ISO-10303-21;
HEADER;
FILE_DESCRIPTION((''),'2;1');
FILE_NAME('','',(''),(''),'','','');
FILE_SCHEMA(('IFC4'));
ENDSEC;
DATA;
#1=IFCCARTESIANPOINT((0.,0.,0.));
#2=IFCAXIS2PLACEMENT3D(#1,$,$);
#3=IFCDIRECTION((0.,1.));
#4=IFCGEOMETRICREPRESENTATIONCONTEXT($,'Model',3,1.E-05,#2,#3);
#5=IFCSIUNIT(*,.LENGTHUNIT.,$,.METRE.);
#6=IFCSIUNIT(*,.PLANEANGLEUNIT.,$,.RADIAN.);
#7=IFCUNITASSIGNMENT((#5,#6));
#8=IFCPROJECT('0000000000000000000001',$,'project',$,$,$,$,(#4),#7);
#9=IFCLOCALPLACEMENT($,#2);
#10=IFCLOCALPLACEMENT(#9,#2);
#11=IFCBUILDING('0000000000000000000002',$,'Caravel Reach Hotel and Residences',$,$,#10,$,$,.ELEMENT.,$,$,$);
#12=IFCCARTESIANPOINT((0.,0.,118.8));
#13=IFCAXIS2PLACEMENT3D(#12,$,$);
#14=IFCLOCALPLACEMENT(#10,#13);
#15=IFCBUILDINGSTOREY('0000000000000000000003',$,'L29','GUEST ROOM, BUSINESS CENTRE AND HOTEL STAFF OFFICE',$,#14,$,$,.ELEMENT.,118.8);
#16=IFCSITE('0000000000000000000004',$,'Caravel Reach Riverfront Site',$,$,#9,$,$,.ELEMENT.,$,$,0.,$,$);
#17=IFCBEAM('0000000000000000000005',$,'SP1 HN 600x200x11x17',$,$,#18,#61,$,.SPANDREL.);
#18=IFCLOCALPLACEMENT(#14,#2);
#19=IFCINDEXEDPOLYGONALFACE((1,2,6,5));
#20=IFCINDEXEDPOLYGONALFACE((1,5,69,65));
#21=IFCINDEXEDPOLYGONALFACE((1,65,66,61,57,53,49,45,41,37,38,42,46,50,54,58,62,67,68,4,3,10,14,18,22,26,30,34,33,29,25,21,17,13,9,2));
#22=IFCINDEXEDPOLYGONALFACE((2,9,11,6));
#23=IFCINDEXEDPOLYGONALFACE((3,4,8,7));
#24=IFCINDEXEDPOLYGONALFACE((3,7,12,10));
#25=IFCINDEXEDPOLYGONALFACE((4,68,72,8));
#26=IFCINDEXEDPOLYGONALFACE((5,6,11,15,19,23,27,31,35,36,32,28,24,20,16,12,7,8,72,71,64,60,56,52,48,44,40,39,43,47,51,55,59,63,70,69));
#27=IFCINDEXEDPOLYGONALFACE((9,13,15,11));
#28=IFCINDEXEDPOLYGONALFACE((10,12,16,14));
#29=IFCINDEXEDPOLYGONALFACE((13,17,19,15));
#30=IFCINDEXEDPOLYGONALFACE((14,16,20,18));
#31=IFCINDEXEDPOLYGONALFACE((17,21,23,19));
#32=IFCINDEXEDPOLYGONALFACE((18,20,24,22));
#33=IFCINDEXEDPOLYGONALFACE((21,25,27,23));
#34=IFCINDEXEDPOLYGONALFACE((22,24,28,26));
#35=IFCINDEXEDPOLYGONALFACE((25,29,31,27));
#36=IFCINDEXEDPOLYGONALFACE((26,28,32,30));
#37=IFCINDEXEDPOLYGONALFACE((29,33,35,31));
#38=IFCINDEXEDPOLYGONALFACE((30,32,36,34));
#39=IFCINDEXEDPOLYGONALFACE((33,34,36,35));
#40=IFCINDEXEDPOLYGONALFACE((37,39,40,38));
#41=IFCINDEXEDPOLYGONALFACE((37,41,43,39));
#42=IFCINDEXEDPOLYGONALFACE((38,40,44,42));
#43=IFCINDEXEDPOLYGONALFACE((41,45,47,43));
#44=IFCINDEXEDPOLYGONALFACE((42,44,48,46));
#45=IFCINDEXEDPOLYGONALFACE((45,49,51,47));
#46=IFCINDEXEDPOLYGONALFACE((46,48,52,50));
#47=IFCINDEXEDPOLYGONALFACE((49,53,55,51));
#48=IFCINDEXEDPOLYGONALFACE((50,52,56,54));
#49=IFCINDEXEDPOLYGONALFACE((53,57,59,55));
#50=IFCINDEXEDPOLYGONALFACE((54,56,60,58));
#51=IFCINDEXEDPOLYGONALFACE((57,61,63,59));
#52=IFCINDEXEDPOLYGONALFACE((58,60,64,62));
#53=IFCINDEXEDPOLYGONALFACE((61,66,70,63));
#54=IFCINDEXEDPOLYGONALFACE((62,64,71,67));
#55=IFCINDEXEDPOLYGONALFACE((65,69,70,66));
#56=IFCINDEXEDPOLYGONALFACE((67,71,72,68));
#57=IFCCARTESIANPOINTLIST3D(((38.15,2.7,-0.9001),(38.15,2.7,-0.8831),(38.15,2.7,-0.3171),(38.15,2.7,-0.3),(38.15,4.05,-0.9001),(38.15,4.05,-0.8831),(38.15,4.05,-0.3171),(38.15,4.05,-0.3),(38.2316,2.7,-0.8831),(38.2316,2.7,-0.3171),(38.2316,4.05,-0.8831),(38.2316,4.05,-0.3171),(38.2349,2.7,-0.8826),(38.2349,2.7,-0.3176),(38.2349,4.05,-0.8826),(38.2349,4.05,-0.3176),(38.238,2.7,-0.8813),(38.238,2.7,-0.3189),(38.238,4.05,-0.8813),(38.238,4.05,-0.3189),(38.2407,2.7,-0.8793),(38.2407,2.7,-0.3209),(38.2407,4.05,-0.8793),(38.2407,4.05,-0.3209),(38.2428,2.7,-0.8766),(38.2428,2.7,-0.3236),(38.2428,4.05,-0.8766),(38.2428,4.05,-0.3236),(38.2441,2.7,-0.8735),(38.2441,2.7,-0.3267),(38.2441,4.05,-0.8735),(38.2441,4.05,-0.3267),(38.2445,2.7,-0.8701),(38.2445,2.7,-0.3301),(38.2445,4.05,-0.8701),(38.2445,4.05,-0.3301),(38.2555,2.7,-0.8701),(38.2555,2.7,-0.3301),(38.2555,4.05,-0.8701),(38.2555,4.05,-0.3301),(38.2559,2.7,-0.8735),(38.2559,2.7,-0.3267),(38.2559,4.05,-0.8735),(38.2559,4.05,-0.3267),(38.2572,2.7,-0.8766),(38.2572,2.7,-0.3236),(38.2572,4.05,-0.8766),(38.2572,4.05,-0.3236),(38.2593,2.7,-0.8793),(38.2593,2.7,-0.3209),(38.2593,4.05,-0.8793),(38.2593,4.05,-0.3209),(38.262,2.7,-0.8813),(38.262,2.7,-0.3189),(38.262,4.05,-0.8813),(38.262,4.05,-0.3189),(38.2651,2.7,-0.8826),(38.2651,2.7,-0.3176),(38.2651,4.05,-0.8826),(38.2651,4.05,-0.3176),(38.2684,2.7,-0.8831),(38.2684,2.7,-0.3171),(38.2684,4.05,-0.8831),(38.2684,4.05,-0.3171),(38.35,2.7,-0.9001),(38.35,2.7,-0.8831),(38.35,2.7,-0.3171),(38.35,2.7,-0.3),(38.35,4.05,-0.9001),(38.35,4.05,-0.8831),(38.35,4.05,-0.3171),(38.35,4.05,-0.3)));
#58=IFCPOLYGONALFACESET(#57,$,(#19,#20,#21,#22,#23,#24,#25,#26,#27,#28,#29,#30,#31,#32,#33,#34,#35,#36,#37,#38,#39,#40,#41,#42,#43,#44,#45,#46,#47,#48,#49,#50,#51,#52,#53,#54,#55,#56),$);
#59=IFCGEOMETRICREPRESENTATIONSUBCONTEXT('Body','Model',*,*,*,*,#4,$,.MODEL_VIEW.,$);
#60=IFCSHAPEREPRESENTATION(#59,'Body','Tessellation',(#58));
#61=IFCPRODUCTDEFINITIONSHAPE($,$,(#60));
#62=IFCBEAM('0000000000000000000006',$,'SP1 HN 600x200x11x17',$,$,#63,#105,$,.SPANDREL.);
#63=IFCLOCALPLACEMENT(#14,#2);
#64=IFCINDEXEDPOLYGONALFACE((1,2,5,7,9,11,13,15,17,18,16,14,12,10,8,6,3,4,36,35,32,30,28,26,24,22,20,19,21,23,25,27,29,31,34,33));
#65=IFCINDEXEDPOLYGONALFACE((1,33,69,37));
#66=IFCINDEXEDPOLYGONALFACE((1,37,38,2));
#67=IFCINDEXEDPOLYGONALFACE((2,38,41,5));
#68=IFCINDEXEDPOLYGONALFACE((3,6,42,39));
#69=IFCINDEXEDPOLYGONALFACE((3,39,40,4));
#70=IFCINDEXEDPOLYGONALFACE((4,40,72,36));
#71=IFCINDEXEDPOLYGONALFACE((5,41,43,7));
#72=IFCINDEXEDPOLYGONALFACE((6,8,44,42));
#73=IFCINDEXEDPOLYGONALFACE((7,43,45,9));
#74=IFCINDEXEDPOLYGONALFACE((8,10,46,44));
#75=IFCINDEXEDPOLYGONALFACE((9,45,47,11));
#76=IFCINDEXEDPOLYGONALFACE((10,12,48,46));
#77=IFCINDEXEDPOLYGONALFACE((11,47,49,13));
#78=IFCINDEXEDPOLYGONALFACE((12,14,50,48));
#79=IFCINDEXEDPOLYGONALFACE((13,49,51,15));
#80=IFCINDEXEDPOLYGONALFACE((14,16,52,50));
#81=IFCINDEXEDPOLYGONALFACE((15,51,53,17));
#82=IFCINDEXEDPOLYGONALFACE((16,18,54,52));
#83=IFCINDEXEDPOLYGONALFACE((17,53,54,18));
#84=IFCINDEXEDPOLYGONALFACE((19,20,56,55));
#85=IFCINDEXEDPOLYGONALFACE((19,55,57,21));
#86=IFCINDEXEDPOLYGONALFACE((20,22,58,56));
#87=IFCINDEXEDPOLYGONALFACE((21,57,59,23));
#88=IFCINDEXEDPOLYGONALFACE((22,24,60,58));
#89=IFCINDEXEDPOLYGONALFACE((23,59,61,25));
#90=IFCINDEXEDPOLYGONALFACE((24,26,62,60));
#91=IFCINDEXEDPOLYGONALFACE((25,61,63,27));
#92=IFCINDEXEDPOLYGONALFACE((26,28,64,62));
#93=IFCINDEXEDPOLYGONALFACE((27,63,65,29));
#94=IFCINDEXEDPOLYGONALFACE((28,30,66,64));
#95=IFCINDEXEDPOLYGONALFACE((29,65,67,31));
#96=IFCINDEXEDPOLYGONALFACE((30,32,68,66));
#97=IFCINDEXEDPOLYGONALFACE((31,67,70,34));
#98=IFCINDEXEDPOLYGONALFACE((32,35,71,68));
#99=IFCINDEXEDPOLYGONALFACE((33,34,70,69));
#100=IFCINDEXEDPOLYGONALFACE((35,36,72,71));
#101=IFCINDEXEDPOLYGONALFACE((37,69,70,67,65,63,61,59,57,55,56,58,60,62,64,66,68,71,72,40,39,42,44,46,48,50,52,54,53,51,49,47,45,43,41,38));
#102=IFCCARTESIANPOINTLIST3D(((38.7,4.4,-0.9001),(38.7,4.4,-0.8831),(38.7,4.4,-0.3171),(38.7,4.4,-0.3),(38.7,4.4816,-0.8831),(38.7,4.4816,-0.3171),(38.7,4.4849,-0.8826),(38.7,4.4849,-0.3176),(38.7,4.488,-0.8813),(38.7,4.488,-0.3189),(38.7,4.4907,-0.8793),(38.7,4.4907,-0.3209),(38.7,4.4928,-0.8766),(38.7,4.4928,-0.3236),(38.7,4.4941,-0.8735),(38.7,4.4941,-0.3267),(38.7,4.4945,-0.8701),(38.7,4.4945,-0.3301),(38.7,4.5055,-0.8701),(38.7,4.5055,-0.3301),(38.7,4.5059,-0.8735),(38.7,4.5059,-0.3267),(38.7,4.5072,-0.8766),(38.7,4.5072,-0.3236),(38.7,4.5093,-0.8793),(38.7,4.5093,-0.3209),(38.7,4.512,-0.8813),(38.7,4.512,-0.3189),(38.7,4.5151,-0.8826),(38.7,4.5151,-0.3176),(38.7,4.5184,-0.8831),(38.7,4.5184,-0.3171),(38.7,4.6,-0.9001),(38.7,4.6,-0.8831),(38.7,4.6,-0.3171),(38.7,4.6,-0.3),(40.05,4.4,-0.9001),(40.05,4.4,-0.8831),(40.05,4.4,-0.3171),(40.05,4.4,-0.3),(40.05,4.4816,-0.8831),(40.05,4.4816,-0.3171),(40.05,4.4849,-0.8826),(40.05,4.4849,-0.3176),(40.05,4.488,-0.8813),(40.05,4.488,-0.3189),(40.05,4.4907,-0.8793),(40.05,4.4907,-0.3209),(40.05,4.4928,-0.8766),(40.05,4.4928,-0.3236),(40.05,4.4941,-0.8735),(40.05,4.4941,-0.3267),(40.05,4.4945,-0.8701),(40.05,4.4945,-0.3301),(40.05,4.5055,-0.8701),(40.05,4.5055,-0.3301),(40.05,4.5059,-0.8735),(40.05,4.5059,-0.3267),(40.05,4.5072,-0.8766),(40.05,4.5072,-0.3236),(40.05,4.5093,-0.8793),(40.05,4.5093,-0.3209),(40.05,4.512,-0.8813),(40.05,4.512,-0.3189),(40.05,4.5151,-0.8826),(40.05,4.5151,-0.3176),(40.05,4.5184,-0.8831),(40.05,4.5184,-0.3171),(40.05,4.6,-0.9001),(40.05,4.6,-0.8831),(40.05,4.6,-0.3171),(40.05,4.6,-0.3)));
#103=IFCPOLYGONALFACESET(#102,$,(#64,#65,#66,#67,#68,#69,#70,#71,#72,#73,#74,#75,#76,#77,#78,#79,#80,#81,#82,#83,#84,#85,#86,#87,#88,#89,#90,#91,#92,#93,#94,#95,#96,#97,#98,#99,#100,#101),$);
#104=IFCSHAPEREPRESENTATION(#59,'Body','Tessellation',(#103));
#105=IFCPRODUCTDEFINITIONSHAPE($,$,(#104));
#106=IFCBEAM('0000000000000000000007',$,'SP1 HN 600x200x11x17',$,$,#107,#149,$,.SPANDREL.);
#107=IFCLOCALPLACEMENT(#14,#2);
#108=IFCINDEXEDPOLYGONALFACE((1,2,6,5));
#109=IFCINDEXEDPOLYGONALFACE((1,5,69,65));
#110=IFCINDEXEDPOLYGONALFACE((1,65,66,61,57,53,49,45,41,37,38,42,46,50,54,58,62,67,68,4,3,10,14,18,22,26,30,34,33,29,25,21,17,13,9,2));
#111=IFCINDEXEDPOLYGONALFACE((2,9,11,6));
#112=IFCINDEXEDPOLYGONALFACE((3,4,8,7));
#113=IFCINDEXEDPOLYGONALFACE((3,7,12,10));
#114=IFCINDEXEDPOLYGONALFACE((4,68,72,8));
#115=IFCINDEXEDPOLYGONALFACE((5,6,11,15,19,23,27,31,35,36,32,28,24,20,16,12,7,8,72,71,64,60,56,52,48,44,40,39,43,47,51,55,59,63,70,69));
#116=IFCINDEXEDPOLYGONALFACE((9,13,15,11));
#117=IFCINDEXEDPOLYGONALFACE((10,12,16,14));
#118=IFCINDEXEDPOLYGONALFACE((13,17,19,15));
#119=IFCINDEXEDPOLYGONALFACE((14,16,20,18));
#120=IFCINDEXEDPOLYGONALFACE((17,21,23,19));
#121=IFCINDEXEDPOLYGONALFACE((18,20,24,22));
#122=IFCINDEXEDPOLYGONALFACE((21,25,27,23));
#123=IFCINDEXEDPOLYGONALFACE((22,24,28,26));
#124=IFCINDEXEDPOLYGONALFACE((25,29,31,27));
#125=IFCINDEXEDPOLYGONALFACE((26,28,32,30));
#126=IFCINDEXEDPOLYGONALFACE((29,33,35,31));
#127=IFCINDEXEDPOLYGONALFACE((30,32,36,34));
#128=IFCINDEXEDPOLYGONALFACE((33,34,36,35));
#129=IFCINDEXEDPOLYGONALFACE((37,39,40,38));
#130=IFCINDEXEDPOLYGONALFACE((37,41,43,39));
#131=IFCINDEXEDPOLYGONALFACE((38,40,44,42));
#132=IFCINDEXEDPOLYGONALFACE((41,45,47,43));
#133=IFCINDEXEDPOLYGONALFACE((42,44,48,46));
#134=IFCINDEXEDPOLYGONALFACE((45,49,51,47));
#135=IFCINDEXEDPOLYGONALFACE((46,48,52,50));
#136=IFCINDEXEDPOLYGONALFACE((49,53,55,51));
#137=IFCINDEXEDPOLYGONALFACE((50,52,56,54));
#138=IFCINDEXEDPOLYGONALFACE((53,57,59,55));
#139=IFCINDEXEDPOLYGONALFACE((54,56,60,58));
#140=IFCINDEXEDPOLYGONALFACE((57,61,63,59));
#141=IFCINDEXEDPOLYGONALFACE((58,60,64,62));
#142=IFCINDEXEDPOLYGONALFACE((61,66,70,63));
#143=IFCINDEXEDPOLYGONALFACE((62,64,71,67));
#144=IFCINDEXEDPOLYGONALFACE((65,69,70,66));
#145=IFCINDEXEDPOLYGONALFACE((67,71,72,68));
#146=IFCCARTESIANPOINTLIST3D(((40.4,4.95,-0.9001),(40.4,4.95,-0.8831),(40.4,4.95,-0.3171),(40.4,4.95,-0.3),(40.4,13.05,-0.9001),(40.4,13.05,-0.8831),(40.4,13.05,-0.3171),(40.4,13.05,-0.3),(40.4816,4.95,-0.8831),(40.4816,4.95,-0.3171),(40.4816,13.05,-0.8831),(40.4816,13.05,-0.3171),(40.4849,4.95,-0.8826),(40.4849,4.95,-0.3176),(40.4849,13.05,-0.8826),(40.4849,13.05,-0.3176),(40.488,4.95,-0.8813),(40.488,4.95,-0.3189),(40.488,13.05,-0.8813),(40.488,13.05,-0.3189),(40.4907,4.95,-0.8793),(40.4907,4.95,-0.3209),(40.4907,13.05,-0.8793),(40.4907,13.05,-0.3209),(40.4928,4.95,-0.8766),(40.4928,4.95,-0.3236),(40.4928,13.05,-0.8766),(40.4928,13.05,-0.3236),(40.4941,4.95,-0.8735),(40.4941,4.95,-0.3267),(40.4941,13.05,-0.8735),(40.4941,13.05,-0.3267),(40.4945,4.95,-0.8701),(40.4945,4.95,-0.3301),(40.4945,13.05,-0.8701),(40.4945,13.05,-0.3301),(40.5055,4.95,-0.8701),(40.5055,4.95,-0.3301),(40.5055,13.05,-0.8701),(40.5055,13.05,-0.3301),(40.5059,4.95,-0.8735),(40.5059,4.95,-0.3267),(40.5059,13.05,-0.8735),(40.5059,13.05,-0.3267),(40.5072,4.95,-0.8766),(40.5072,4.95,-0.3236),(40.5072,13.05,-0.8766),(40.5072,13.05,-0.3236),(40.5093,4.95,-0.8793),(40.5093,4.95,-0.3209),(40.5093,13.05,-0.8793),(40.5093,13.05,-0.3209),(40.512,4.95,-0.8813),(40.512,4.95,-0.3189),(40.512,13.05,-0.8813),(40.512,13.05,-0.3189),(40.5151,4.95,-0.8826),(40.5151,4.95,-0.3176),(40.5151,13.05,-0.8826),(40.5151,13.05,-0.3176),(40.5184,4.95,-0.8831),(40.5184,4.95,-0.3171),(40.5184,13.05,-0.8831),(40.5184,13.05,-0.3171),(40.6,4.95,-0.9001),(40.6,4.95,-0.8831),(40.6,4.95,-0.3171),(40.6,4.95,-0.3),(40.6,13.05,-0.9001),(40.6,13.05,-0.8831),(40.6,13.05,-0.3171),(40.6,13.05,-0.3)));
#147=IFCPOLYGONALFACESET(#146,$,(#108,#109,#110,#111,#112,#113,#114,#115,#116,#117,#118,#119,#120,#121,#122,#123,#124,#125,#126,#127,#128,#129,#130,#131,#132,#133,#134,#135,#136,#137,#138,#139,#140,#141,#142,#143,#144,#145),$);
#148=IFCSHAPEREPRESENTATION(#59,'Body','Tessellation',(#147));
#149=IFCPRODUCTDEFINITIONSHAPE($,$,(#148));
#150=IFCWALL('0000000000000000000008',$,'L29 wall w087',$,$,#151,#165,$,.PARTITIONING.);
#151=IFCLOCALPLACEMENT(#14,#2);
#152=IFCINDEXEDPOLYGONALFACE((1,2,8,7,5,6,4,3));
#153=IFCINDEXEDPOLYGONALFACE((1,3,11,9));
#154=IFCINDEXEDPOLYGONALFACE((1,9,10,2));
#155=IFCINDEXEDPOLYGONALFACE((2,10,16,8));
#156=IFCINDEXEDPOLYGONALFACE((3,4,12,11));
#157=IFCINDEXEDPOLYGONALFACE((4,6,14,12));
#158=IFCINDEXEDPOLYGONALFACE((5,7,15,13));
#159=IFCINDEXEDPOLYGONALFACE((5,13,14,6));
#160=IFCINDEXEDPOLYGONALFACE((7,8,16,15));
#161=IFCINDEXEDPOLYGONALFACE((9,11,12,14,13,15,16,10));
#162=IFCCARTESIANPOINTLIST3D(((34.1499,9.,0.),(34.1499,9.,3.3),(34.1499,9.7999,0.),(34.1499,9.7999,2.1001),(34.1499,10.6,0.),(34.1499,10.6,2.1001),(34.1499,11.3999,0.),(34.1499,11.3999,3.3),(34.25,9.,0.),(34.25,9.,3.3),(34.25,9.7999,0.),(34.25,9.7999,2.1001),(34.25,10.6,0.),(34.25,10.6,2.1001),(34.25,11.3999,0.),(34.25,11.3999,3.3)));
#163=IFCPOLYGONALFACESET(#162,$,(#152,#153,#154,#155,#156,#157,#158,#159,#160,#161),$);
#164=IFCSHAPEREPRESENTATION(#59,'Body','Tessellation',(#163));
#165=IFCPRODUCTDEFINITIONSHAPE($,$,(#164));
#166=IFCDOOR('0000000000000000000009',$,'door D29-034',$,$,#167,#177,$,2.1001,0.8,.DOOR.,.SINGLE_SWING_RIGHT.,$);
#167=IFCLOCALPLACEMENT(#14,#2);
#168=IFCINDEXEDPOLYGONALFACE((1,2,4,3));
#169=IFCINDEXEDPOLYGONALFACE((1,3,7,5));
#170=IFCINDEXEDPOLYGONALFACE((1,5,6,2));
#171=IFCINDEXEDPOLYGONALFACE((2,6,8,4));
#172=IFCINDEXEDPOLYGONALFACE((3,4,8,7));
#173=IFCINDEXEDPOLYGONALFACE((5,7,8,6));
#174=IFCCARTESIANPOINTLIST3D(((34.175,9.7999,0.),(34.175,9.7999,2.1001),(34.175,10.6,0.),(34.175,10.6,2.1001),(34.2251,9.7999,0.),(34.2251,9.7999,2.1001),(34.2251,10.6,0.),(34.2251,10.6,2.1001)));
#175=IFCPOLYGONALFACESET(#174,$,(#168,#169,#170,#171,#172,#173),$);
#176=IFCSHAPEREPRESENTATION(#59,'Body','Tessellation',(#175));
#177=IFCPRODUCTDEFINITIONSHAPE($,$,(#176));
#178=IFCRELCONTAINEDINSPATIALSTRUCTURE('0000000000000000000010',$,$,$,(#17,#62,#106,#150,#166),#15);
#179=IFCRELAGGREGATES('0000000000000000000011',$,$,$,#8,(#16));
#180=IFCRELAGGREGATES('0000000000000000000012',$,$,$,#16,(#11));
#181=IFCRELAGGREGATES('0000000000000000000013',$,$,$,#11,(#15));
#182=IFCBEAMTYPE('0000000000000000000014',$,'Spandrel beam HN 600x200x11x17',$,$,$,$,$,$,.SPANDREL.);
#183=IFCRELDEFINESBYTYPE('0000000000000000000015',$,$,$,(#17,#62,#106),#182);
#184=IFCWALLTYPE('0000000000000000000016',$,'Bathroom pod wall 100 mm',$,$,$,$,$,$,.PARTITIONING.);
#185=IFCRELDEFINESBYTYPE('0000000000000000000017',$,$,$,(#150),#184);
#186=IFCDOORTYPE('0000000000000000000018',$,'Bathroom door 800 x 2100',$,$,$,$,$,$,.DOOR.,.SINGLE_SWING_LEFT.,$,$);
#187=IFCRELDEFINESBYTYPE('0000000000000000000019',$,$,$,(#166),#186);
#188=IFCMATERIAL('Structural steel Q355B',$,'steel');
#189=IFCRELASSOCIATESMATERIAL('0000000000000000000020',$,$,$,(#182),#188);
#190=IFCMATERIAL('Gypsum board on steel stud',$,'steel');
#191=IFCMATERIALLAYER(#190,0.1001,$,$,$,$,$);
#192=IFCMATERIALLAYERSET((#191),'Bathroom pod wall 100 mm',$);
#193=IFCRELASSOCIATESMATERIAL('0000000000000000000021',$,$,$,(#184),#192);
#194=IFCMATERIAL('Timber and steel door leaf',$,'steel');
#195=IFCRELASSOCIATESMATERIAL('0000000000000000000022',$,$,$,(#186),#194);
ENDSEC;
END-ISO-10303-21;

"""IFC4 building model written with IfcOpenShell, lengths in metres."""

from ifc_helpers import new_model, si_unit, direction, frame, frame_2d, origin, origin_2d, place, context, subcontext, project, spatial, rectangle, i_section, extrude, material, layer, layer_set, material_profile, profile_set, type_object, element, fill, save


model = new_model("IFC4")

# Units and contexts
model_context = context("Model", 3, precision=1e-05, world=origin(), true_north=direction((0.0, 1.0)))
body_context = subcontext(model_context, "Body", "Model", "MODEL_VIEW")
ifc_project = project(units=[si_unit("LENGTHUNIT", "METRE"), si_unit("PLANEANGLEUNIT", "RADIAN")], contexts=[model_context])

# Site, building, storey
site_placement = place(None, origin())
site = spatial("IfcSite", under=ifc_project, at=site_placement, Name="Caravel Reach Riverfront Site", CompositionType="ELEMENT", RefElevation=0.0)
building_placement = place(site_placement, origin())
building = spatial("IfcBuilding", under=site, at=building_placement, Name="Caravel Reach Hotel and Residences", CompositionType="ELEMENT")
storey_placement = place(building_placement, frame((0.0, 0.0, 118.8)))
storey = spatial("IfcBuildingStorey", under=building, at=storey_placement, Name="L29", Description="GUEST ROOM, BUSINESS CENTRE AND HOTEL STAFF OFFICE", CompositionType="ELEMENT", Elevation=118.8)

# Beams
ifc_material_1 = material(Name="Structural steel Q355B", Category="steel")
ifc_material_profile_1 = material_profile(ifc_material_1, i_section(OverallWidth=0.2, OverallDepth=0.6001, WebThickness=0.011, FlangeThickness=0.0171, FilletRadius=0.0129, at=origin_2d()), Name="HN 600x200x11x17")
ifc_profile_set_1 = profile_set([ifc_material_profile_1], Name="Structural steel Q355B")
beam_type = type_object("IfcBeamType", Name="Spandrel beam HN 600x200x11x17", PredefinedType="SPANDREL", material=ifc_profile_set_1)
for number, where, z_axis, x_axis, name in (
    (1, (38.25, 2.7, -0.6001), (0.0, 1.0, 0.0), (-1.0, 0.0, 0.0), "SP1 HN 600x200x11x17"),
    (2, (38.7, 4.5, -0.6001), (1.0, 0.0, 0.0), (0.0, 1.0, 0.0), "SP1 HN 600x200x11x17"),
):
    element("IfcBeam", number, at=place(storey_placement, frame(where, z_axis=z_axis, x_axis=x_axis)), inside=storey, type_object=beam_type, Name=name, PredefinedType="SPANDREL", context=body_context, shape_type="SweptSolid", body=[
        extrude(i_section(OverallWidth=0.2, OverallDepth=0.6001, WebThickness=0.011, FlangeThickness=0.0171, FilletRadius=0.0129, at=origin_2d()), origin(), (0.0, 0.0, 1.0), 1.3501),
    ])
beam_placement = place(storey_placement, frame((40.5, 4.95, -0.6001), z_axis=(0.0, 1.0, 0.0), x_axis=(-1.0, 0.0, 0.0)))
element("IfcBeam", 3, at=beam_placement, inside=storey, type_object=beam_type, Name="SP1 HN 600x200x11x17", PredefinedType="SPANDREL", context=body_context, shape_type="SweptSolid", body=[
    extrude(i_section(OverallWidth=0.2, OverallDepth=0.6001, WebThickness=0.011, FlangeThickness=0.0171, FilletRadius=0.0129, at=origin_2d()), origin(), (0.0, 0.0, 1.0), 8.1001),
])

# Wall, opening, door
ifc_material_2 = material(Name="Gypsum board on steel stud", Category="steel")
ifc_layer_1 = layer(ifc_material_2, 0.1001)
ifc_layer_set_1 = layer_set([ifc_layer_1], Name="Bathroom pod wall 100 mm")
wall_type_1 = type_object("IfcWallType", Name="Bathroom pod wall 100 mm", PredefinedType="PARTITIONING", material=ifc_layer_set_1)
wall_1_placement = place(storey_placement, frame((34.2, 9.0, 0.0), z_axis=(0.0, 0.0, 1.0), x_axis=(0.0, 1.0, 0.0)))
wall_1 = element("IfcWall", 4, at=wall_1_placement, inside=storey, type_object=wall_type_1, Name="L29 wall w087", PredefinedType="PARTITIONING", context=body_context, shape_type="SweptSolid", body=[
    extrude(rectangle(XDim=2.3999, YDim=0.1001, at=frame_2d((1.2, 0.0))), origin(), (0.0, 0.0, 1.0), 3.3),
])
opening_1_placement = place(wall_1_placement, frame((0.8, 0.0, 0.0)))
opening_1 = element("IfcOpeningElement", 5, at=opening_1_placement, cuts=wall_1, PredefinedType="OPENING", context=body_context, shape_type="SweptSolid", body=[
    extrude(rectangle(XDim=0.8, YDim=2.1001, at=frame_2d((0.3999, 1.05))), frame((0.0, 0.0601, 0.0), z_axis=(0.0, -1.0, 0.0), x_axis=(1.0, 0.0, 0.0)), (0.0, 0.0, 1.0), 0.1201),
])
ifc_material_3 = material(Name="Timber and steel door leaf", Category="steel")
door_type_1 = type_object("IfcDoorType", Name="Bathroom door 800 x 2100", OperationType="SINGLE_SWING_LEFT", PredefinedType="DOOR", material=ifc_material_3)
door_1_placement = place(opening_1_placement, origin())
door_1 = element("IfcDoor", 6, at=door_1_placement, inside=storey, type_object=door_type_1, Name="door D29-034", OperationType="SINGLE_SWING_RIGHT", OverallHeight=2.1001, OverallWidth=0.8, PredefinedType="DOOR", context=body_context, shape_type="SweptSolid", body=[
    extrude(rectangle(XDim=0.8, YDim=2.1001, at=frame_2d((0.3999, 1.05))), frame((0.0, 0.0249, 0.0), z_axis=(0.0, -1.0, 0.0), x_axis=(1.0, 0.0, 0.0)), (0.0, 0.0, 1.0), 0.05),
])
fill(opening_1, door_1)

save(model, "model.ifc")
